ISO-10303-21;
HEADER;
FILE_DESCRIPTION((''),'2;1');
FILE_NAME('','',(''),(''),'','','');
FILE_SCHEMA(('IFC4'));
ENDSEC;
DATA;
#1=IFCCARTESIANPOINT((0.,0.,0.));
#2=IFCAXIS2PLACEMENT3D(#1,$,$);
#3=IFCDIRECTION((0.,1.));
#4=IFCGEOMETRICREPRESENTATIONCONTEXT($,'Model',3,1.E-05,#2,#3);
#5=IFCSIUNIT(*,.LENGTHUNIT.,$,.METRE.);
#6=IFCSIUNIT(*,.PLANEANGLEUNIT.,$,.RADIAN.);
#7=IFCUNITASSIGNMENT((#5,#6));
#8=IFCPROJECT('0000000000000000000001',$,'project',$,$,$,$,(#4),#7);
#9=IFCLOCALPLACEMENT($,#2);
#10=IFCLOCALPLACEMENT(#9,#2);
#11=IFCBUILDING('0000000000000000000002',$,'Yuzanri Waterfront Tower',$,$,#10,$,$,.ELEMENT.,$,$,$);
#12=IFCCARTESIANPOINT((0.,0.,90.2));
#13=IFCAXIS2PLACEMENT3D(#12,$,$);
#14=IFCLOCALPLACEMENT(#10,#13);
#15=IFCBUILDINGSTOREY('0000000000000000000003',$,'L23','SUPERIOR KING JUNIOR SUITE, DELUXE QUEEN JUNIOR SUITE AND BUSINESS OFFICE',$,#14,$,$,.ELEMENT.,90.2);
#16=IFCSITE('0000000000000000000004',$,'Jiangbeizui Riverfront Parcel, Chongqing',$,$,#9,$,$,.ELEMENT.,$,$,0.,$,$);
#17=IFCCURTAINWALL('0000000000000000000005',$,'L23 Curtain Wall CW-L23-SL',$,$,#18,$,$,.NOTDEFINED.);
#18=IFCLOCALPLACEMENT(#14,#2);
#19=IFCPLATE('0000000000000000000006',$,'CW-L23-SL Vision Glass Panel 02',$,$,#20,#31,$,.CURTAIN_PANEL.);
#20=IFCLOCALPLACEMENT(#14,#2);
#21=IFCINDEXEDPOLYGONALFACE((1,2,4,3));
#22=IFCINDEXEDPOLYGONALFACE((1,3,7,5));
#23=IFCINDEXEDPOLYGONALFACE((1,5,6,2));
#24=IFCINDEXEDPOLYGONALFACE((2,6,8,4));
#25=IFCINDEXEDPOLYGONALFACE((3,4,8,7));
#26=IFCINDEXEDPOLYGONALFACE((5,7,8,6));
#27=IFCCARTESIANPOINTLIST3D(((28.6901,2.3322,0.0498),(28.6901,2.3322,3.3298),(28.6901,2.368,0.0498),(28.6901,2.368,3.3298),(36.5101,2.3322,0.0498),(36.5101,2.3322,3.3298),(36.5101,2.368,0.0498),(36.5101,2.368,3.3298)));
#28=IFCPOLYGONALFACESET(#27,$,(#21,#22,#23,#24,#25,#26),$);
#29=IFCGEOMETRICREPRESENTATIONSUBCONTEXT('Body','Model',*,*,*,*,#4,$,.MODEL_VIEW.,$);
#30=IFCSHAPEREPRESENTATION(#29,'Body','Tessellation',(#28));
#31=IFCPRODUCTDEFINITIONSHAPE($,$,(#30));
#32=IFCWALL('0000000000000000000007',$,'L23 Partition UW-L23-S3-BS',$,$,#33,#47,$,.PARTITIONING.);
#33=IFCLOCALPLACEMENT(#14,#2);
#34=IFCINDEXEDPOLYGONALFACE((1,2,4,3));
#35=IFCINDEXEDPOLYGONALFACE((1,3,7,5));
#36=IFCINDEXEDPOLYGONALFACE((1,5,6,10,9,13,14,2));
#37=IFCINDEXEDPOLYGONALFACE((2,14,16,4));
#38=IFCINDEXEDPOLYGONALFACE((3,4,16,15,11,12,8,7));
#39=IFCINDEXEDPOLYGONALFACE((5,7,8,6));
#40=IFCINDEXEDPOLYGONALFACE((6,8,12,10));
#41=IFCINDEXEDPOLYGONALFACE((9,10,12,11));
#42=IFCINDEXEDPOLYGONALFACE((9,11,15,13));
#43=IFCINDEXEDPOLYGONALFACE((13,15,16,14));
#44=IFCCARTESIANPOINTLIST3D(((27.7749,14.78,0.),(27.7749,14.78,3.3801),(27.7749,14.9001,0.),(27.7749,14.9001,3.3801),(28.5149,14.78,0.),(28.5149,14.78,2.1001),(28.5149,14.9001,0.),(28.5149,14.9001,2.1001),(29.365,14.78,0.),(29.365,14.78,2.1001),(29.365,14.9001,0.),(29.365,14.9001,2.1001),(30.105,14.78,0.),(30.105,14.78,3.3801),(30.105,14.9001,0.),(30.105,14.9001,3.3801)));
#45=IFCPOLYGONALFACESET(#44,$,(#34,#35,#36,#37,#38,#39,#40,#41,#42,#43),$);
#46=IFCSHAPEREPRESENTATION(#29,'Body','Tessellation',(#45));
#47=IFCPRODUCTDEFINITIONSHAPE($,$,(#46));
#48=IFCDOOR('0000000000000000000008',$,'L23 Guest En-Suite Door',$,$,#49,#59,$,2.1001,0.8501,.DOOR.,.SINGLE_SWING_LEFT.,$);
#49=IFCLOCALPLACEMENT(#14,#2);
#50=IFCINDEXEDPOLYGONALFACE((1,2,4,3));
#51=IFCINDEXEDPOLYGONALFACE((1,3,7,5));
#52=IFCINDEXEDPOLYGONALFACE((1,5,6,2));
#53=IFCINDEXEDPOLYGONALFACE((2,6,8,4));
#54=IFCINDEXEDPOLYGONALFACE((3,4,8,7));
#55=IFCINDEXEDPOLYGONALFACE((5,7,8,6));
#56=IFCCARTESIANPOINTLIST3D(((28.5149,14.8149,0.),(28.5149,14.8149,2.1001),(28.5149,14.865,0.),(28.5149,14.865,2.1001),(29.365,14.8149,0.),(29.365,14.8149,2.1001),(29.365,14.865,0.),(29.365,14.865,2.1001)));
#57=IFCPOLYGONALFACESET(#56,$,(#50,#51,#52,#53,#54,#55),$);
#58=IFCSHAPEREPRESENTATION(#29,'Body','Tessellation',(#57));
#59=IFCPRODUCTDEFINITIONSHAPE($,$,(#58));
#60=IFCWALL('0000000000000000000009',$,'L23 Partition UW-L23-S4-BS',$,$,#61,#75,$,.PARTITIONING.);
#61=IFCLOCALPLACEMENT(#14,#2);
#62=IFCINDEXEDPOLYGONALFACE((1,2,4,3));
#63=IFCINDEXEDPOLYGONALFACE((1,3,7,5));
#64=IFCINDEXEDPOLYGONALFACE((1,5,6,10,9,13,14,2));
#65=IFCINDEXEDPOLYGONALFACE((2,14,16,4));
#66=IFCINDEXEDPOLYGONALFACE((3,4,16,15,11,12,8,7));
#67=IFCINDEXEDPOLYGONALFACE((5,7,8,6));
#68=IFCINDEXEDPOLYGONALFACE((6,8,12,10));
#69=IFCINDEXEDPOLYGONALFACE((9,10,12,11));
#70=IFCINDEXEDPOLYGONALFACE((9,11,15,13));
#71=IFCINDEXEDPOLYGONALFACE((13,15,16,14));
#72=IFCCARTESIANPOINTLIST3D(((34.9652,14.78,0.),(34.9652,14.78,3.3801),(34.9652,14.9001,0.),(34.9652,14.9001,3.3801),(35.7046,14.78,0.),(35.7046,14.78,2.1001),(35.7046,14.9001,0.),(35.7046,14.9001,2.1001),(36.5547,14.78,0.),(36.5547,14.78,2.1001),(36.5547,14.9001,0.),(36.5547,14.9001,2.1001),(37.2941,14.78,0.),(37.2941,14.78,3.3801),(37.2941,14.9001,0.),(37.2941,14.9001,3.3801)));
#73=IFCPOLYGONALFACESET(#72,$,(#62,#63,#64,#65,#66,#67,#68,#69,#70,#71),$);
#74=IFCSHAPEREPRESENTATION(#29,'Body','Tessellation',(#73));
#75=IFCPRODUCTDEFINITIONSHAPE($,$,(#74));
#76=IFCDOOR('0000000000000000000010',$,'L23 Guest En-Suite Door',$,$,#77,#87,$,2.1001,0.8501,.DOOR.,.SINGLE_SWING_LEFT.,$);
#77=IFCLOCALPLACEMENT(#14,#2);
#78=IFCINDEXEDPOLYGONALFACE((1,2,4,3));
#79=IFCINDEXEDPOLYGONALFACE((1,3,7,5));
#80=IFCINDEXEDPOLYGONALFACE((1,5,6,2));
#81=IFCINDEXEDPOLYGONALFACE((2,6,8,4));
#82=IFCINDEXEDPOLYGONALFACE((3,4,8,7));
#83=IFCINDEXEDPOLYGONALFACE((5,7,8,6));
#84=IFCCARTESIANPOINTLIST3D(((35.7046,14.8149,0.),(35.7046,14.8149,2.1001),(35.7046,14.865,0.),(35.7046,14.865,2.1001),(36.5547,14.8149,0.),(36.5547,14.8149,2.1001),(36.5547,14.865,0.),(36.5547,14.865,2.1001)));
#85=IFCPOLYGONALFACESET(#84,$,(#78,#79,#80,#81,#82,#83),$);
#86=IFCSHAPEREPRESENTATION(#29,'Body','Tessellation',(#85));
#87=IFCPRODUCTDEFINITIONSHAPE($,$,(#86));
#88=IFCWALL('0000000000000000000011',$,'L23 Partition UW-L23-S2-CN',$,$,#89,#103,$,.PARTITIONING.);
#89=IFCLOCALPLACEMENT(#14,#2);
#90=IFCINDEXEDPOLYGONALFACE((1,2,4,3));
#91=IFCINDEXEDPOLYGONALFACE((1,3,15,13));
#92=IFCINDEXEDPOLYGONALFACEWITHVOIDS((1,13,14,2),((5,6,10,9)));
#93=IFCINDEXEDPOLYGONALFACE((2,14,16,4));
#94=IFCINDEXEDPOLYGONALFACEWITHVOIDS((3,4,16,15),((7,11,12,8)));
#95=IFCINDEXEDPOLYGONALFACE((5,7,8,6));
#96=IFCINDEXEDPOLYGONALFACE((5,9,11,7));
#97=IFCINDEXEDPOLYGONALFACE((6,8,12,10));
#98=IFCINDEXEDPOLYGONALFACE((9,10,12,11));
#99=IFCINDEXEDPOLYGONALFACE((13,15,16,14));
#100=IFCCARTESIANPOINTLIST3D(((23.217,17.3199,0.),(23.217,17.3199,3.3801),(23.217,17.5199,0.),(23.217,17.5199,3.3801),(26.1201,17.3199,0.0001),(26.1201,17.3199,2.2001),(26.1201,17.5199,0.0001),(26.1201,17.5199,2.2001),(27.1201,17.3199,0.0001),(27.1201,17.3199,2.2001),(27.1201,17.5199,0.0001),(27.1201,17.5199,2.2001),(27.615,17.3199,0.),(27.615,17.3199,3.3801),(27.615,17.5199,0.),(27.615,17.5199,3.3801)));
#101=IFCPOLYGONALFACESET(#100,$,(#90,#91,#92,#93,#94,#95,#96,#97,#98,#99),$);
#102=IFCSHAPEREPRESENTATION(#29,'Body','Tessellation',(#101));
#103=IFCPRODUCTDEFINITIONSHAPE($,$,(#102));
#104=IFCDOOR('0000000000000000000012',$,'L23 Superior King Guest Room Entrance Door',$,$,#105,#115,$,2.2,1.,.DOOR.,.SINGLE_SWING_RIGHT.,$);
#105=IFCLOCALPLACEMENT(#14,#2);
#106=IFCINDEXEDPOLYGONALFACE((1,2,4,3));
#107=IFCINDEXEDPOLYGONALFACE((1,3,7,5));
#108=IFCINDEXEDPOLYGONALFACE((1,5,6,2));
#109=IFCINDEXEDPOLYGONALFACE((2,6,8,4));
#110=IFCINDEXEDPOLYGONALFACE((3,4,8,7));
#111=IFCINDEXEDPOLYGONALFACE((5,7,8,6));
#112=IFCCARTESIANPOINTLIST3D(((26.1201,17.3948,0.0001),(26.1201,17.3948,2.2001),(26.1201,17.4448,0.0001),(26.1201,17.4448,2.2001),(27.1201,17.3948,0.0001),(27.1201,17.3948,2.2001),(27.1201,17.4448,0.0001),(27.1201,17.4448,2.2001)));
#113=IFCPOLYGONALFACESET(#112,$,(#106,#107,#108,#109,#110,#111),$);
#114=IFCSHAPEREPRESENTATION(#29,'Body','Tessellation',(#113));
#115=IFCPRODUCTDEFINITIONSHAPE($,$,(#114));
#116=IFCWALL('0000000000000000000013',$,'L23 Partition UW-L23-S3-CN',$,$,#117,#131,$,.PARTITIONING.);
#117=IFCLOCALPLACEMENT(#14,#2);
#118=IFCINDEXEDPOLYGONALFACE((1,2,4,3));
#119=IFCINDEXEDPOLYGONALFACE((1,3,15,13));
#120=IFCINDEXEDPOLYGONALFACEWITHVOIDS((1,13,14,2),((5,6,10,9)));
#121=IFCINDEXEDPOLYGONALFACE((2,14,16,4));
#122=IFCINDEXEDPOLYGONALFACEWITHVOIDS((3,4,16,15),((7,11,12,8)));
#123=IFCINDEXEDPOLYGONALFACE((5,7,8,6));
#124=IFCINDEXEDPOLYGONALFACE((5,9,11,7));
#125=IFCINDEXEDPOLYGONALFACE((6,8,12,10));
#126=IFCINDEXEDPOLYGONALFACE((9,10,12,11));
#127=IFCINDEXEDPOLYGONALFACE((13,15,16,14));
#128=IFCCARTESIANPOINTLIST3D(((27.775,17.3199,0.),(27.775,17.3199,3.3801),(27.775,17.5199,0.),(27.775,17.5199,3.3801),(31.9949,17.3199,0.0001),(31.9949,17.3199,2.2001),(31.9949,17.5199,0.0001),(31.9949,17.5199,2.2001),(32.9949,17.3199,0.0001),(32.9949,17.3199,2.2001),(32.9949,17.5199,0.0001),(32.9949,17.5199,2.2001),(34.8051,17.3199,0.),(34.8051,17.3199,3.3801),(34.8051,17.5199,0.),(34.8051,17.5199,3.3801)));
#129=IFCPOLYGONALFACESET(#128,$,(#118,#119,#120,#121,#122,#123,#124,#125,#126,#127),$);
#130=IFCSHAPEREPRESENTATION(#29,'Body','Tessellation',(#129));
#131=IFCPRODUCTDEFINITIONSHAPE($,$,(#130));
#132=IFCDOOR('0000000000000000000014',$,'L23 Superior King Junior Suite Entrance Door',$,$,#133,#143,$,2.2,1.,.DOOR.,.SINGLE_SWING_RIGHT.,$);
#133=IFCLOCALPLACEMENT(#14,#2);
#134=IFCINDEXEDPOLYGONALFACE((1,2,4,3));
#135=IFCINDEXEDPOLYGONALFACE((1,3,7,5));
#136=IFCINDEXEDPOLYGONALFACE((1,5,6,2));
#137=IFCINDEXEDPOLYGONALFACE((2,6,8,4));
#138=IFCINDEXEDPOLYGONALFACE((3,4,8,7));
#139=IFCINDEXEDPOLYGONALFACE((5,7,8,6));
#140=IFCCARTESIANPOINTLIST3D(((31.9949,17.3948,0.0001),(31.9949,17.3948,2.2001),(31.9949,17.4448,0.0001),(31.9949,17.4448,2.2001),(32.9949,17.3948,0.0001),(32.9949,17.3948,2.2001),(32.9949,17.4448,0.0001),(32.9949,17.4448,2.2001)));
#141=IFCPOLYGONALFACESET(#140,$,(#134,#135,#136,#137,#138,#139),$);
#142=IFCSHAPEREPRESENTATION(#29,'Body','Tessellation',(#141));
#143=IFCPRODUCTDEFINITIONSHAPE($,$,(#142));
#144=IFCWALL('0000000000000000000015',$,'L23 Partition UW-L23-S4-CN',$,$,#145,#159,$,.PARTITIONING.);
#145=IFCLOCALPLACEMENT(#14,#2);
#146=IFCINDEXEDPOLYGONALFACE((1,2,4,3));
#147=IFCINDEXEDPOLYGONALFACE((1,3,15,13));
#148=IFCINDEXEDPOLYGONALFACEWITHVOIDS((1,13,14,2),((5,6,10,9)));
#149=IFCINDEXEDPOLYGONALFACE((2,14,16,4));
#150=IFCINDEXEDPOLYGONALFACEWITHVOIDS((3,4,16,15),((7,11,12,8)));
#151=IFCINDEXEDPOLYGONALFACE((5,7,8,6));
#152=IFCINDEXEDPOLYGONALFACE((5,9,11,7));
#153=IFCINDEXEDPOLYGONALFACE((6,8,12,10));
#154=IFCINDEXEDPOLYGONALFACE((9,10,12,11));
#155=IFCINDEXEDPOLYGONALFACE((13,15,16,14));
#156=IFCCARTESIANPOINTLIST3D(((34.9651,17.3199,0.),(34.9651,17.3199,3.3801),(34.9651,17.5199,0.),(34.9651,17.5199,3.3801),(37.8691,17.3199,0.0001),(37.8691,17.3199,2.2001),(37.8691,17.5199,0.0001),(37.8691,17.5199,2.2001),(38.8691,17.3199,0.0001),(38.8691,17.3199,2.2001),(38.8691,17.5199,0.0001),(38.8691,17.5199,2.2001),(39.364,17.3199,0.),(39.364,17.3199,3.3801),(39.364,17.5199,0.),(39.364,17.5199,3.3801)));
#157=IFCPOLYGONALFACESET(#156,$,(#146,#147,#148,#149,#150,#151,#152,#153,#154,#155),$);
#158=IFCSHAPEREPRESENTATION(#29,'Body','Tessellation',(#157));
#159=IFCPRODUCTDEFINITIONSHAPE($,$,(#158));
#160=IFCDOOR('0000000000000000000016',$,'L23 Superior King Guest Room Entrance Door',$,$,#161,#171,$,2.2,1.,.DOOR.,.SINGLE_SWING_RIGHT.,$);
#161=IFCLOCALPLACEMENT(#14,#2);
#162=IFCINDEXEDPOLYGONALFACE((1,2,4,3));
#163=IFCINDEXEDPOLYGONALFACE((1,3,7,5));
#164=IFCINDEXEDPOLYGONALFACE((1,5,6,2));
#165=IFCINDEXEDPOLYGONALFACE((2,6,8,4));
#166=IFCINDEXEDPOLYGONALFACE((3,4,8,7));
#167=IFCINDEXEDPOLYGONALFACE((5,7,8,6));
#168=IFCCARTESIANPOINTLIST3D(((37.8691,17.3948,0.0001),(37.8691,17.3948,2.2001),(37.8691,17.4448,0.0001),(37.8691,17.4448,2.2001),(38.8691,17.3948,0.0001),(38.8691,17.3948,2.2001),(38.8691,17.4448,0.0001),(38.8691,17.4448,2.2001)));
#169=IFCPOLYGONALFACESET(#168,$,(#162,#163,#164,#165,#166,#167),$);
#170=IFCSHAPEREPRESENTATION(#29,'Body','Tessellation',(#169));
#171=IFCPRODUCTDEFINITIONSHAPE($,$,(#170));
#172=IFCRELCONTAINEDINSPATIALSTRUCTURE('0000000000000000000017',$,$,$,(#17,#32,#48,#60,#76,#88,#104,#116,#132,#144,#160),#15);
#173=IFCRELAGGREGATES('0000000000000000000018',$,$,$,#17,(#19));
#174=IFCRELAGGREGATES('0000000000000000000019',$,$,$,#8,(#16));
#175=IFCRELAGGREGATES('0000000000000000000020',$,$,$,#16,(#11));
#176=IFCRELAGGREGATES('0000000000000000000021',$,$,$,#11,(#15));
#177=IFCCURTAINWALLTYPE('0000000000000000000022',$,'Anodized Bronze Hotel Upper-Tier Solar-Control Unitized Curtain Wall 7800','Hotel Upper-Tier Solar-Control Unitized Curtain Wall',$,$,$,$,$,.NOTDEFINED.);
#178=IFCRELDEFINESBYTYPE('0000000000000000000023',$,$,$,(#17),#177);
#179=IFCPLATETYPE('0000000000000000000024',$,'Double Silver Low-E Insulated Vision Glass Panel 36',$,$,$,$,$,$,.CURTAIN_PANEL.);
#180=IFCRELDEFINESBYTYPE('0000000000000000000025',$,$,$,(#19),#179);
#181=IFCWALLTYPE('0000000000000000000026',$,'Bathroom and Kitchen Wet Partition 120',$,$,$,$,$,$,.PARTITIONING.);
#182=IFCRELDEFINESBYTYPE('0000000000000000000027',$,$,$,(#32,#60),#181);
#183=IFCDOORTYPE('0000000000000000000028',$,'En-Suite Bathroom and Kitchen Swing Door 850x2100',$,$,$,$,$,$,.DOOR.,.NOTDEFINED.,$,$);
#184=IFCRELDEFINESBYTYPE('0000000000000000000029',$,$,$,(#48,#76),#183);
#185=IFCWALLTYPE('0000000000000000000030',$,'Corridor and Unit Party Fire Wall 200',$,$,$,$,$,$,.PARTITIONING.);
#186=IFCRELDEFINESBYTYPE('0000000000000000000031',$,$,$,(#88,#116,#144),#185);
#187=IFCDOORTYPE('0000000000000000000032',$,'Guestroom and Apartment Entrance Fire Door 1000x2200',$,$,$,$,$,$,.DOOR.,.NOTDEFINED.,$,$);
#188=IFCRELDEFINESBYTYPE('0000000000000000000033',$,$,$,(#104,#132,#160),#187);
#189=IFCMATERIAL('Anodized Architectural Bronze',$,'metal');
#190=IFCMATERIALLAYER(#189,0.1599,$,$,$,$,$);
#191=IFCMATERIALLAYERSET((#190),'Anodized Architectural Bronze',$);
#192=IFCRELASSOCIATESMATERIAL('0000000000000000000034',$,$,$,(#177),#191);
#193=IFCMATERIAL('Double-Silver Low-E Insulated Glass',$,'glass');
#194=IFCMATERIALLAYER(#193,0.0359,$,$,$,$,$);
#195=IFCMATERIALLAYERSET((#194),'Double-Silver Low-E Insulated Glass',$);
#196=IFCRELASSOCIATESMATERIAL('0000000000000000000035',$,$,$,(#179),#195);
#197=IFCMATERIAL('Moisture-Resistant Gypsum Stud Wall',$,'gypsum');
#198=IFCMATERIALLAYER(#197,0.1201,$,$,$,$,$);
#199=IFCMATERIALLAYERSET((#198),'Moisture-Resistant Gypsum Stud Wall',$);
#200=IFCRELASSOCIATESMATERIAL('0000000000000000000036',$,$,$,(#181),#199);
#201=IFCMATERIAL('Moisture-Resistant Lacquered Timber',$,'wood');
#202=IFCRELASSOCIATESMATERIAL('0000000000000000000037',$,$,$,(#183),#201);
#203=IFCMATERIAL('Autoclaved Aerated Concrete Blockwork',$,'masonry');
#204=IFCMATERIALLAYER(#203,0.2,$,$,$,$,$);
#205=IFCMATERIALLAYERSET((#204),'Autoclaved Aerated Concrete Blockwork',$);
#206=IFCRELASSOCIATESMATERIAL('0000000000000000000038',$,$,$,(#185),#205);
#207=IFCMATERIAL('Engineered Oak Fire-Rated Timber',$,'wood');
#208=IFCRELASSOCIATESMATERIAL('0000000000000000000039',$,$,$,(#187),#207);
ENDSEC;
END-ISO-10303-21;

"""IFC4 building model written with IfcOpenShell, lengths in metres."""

from ifc_helpers import new_model, si_unit, direction, frame, frame_2d, origin, origin_2d, place, context, subcontext, project, spatial, rectangle, extrude, source, transform, mapped, material, layer, layer_set, type_object, element, fill, aggregate, save


model = new_model("IFC4")

# Units and contexts
model_context = context("Model", 3, precision=1e-05, world=origin(), true_north=direction((0.0, 1.0)))
body_context = subcontext(model_context, "Body", "Model", "MODEL_VIEW")
ifc_project = project(units=[si_unit("LENGTHUNIT", "METRE"), si_unit("PLANEANGLEUNIT", "RADIAN")], contexts=[model_context])

# Site, building, storey
site_placement = place(None, origin())
site = spatial("IfcSite", under=ifc_project, at=site_placement, Name="Jiangbeizui Riverfront Parcel, Chongqing", CompositionType="ELEMENT", RefElevation=0.0)
building_placement = place(site_placement, origin())
building = spatial("IfcBuilding", under=site, at=building_placement, Name="Yuzanri Waterfront Tower", CompositionType="ELEMENT")
storey_placement = place(building_placement, frame((0.0, 0.0, 90.2)))
storey = spatial("IfcBuildingStorey", under=building, at=storey_placement, Name="L23", Description="SUPERIOR KING JUNIOR SUITE, DELUXE QUEEN JUNIOR SUITE AND BUSINESS OFFICE", CompositionType="ELEMENT", Elevation=90.2)

# Curtain wall, plate
ifc_material_1 = material(Name="Anodized Architectural Bronze", Category="metal")
ifc_layer_1 = layer(ifc_material_1, 0.1599)
ifc_layer_set_1 = layer_set([ifc_layer_1], Name="Anodized Architectural Bronze")
curtain_wall_type = type_object("IfcCurtainWallType", Name="Anodized Bronze Hotel Upper-Tier Solar-Control Unitized Curtain Wall 7800", Description="Hotel Upper-Tier Solar-Control Unitized Curtain Wall", PredefinedType="NOTDEFINED", material=ifc_layer_set_1)
curtain_wall_placement = place(storey_placement, origin())
curtain_wall = element("IfcCurtainWall", 1, at=curtain_wall_placement, inside=storey, type_object=curtain_wall_type, Name="L23 Curtain Wall CW-L23-SL", PredefinedType="NOTDEFINED")
ifc_material_2 = material(Name="Double-Silver Low-E Insulated Glass", Category="glass")
ifc_layer_2 = layer(ifc_material_2, 0.0359)
ifc_layer_set_2 = layer_set([ifc_layer_2], Name="Double-Silver Low-E Insulated Glass")
plate_type = type_object("IfcPlateType", Name="Double Silver Low-E Insulated Vision Glass Panel 36", PredefinedType="CURTAIN_PANEL", material=ifc_layer_set_2)
shared_shape_1 = source(origin(), body_context, "Body", "SweptSolid", [
    extrude(rectangle(XDim=7.8201, YDim=0.0359, at=origin_2d()), origin(), (0.0, 0.0, 1.0), 3.28),
])
plate_1_placement = place(storey_placement, frame((32.6001, 2.3501, 0.0498), z_axis=(0.0, 0.0, 1.0), x_axis=(1.0, 0.0, 0.0)))
plate_1 = element("IfcPlate", 2, at=plate_1_placement, type_object=plate_type, Name="CW-L23-SL Vision Glass Panel 02", PredefinedType="CURTAIN_PANEL", context=body_context, shape_type="MappedRepresentation", body=[
    mapped(shared_shape_1, transform((0.0, 0.0, 0.0), scale=1.0)),
])
aggregate(curtain_wall, [plate_1])

# Walls, openings, doors
ifc_material_3 = material(Name="Moisture-Resistant Gypsum Stud Wall", Category="gypsum")
ifc_layer_3 = layer(ifc_material_3, 0.1201)
ifc_layer_set_3 = layer_set([ifc_layer_3], Name="Moisture-Resistant Gypsum Stud Wall")
wall_type_1 = type_object("IfcWallType", Name="Bathroom and Kitchen Wet Partition 120", PredefinedType="PARTITIONING", material=ifc_layer_set_3)
wall_1_placement = place(storey_placement, frame((27.7749, 14.8401, 0.0), z_axis=(0.0, 0.0, 1.0), x_axis=(1.0, 0.0, 0.0)))
wall_1 = element("IfcWall", 3, at=wall_1_placement, inside=storey, type_object=wall_type_1, Name="L23 Partition UW-L23-S3-BS", PredefinedType="PARTITIONING", context=body_context, shape_type="SweptSolid", body=[
    extrude(rectangle(XDim=2.3301, YDim=0.1201, at=frame_2d((1.165, 0.0))), origin(), (0.0, 0.0, 1.0), 3.3801),
])
opening_1_placement = place(wall_1_placement, frame((0.74, 0.0, 0.0)))
opening_1 = element("IfcOpeningElement", 4, at=opening_1_placement, cuts=wall_1, PredefinedType="OPENING", context=body_context, shape_type="SweptSolid", body=[
    extrude(rectangle(XDim=0.8501, YDim=2.1001, at=frame_2d((0.425, 1.05))), frame((0.0, 0.075, 0.0), z_axis=(0.0, -1.0, 0.0), x_axis=(1.0, 0.0, 0.0)), (0.0, 0.0, 1.0), 0.1499),
])
ifc_material_4 = material(Name="Moisture-Resistant Lacquered Timber", Category="wood")
door_type_1 = type_object("IfcDoorType", Name="En-Suite Bathroom and Kitchen Swing Door 850x2100", OperationType="NOTDEFINED", PredefinedType="DOOR", material=ifc_material_4)
shared_shape_2 = source(origin(), body_context, "Body", "SweptSolid", [
    extrude(rectangle(XDim=0.8501, YDim=2.1001, at=frame_2d((0.425, 1.05))), frame((0.0, 0.0249, 0.0), z_axis=(0.0, -1.0, 0.0), x_axis=(1.0, 0.0, 0.0)), (0.0, 0.0, 1.0), 0.05),
])
door_1_placement = place(opening_1_placement, origin())
door_1 = element("IfcDoor", 5, at=door_1_placement, inside=storey, type_object=door_type_1, Name="L23 Guest En-Suite Door", OperationType="SINGLE_SWING_LEFT", OverallHeight=2.1001, OverallWidth=0.8501, PredefinedType="DOOR", context=body_context, shape_type="MappedRepresentation", body=[
    mapped(shared_shape_2, transform((0.0, 0.0, 0.0), scale=1.0)),
])
fill(opening_1, door_1)
wall_2_placement = place(storey_placement, frame((34.9651, 14.8401, 0.0), z_axis=(0.0, 0.0, 1.0), x_axis=(1.0, 0.0, 0.0)))
wall_2 = element("IfcWall", 6, at=wall_2_placement, inside=storey, type_object=wall_type_1, Name="L23 Partition UW-L23-S4-BS", PredefinedType="PARTITIONING", context=body_context, shape_type="SweptSolid", body=[
    extrude(rectangle(XDim=2.3289, YDim=0.1201, at=frame_2d((1.1646, 0.0))), origin(), (0.0, 0.0, 1.0), 3.3801),
])
opening_2_placement = place(wall_2_placement, frame((0.7395, 0.0, 0.0)))
opening_2 = element("IfcOpeningElement", 7, at=opening_2_placement, cuts=wall_2, PredefinedType="OPENING", context=body_context, shape_type="SweptSolid", body=[
    extrude(rectangle(XDim=0.8501, YDim=2.1001, at=frame_2d((0.425, 1.05))), frame((0.0, 0.075, 0.0), z_axis=(0.0, -1.0, 0.0), x_axis=(1.0, 0.0, 0.0)), (0.0, 0.0, 1.0), 0.1499),
])
door_2_placement = place(opening_2_placement, origin())
door_2 = element("IfcDoor", 8, at=door_2_placement, inside=storey, type_object=door_type_1, Name="L23 Guest En-Suite Door", OperationType="SINGLE_SWING_LEFT", OverallHeight=2.1001, OverallWidth=0.8501, PredefinedType="DOOR", context=body_context, shape_type="MappedRepresentation", body=[
    mapped(shared_shape_2, transform((0.0, 0.0, 0.0), scale=1.0)),
])
fill(opening_2, door_2)

# Walls, openings, doors
ifc_material_5 = material(Name="Autoclaved Aerated Concrete Blockwork", Category="masonry")
ifc_layer_4 = layer(ifc_material_5, 0.2)
ifc_layer_set_4 = layer_set([ifc_layer_4], Name="Autoclaved Aerated Concrete Blockwork")
wall_type_2 = type_object("IfcWallType", Name="Corridor and Unit Party Fire Wall 200", PredefinedType="PARTITIONING", material=ifc_layer_set_4)
wall_3_placement = place(storey_placement, frame((23.217, 17.4199, 0.0), z_axis=(0.0, 0.0, 1.0), x_axis=(1.0, 0.0, 0.0)))
wall_3 = element("IfcWall", 9, at=wall_3_placement, inside=storey, type_object=wall_type_2, Name="L23 Partition UW-L23-S2-CN", PredefinedType="PARTITIONING", context=body_context, shape_type="SweptSolid", body=[
    extrude(rectangle(XDim=4.3979, YDim=0.2, at=frame_2d((2.199, 0.0))), origin(), (0.0, 0.0, 1.0), 3.3801),
])
opening_3_placement = place(wall_3_placement, frame((2.9031, 0.0, 0.0)))
opening_3 = element("IfcOpeningElement", 10, at=opening_3_placement, cuts=wall_3, PredefinedType="OPENING", context=body_context, shape_type="SweptSolid", body=[
    extrude(rectangle(XDim=1.0, YDim=2.2, at=frame_2d((0.5, 1.1001))), frame((0.0, 0.1147, 0.0), z_axis=(0.0, -1.0, 0.0), x_axis=(1.0, 0.0, 0.0)), (0.0, 0.0, 1.0), 0.2297),
])
ifc_material_6 = material(Name="Engineered Oak Fire-Rated Timber", Category="wood")
door_type_2 = type_object("IfcDoorType", Name="Guestroom and Apartment Entrance Fire Door 1000x2200", OperationType="NOTDEFINED", PredefinedType="DOOR", material=ifc_material_6)
shared_shape_3 = source(origin(), body_context, "Body", "SweptSolid", [
    extrude(rectangle(XDim=1.0, YDim=2.2, at=frame_2d((0.5, 1.1001))), frame((0.0, 0.0249, 0.0), z_axis=(0.0, -1.0, 0.0), x_axis=(1.0, 0.0, 0.0)), (0.0, 0.0, 1.0), 0.05),
])
door_3_placement = place(opening_3_placement, origin())
door_3 = element("IfcDoor", 11, at=door_3_placement, inside=storey, type_object=door_type_2, Name="L23 Superior King Guest Room Entrance Door", OperationType="SINGLE_SWING_RIGHT", OverallHeight=2.2, OverallWidth=1.0, PredefinedType="DOOR", context=body_context, shape_type="MappedRepresentation", body=[
    mapped(shared_shape_3, transform((0.0, 0.0, 0.0), scale=1.0)),
])
fill(opening_3, door_3)
wall_4_placement = place(storey_placement, frame((27.7749, 17.4199, 0.0), z_axis=(0.0, 0.0, 1.0), x_axis=(1.0, 0.0, 0.0)))
wall_4 = element("IfcWall", 12, at=wall_4_placement, inside=storey, type_object=wall_type_2, Name="L23 Partition UW-L23-S3-CN", PredefinedType="PARTITIONING", context=body_context, shape_type="SweptSolid", body=[
    extrude(rectangle(XDim=7.03, YDim=0.2, at=frame_2d((3.5151, 0.0))), origin(), (0.0, 0.0, 1.0), 3.3801),
])
opening_4_placement = place(wall_4_placement, frame((4.22, 0.0, 0.0)))
opening_4 = element("IfcOpeningElement", 13, at=opening_4_placement, cuts=wall_4, PredefinedType="OPENING", context=body_context, shape_type="SweptSolid", body=[
    extrude(rectangle(XDim=1.0, YDim=2.2, at=frame_2d((0.5, 1.1001))), frame((0.0, 0.1147, 0.0), z_axis=(0.0, -1.0, 0.0), x_axis=(1.0, 0.0, 0.0)), (0.0, 0.0, 1.0), 0.2297),
])
door_4_placement = place(opening_4_placement, origin())
door_4 = element("IfcDoor", 14, at=door_4_placement, inside=storey, type_object=door_type_2, Name="L23 Superior King Junior Suite Entrance Door", OperationType="SINGLE_SWING_RIGHT", OverallHeight=2.2, OverallWidth=1.0, PredefinedType="DOOR", context=body_context, shape_type="MappedRepresentation", body=[
    mapped(shared_shape_3, transform((0.0, 0.0, 0.0), scale=1.0)),
])
fill(opening_4, door_4)
wall_5_placement = place(storey_placement, frame((34.9651, 17.4199, 0.0), z_axis=(0.0, 0.0, 1.0), x_axis=(1.0, 0.0, 0.0)))
wall_5 = element("IfcWall", 15, at=wall_5_placement, inside=storey, type_object=wall_type_2, Name="L23 Partition UW-L23-S4-CN", PredefinedType="PARTITIONING", context=body_context, shape_type="SweptSolid", body=[
    extrude(rectangle(XDim=4.3989, YDim=0.2, at=frame_2d((2.1995, 0.0))), origin(), (0.0, 0.0, 1.0), 3.3801),
])
opening_5_placement = place(wall_5_placement, frame((2.9041, 0.0, 0.0)))
opening_5 = element("IfcOpeningElement", 16, at=opening_5_placement, cuts=wall_5, PredefinedType="OPENING", context=body_context, shape_type="SweptSolid", body=[
    extrude(rectangle(XDim=1.0, YDim=2.2, at=frame_2d((0.5, 1.1001))), frame((0.0, 0.1147, 0.0), z_axis=(0.0, -1.0, 0.0), x_axis=(1.0, 0.0, 0.0)), (0.0, 0.0, 1.0), 0.2297),
])
door_5_placement = place(opening_5_placement, origin())
door_5 = element("IfcDoor", 17, at=door_5_placement, inside=storey, type_object=door_type_2, Name="L23 Superior King Guest Room Entrance Door", OperationType="SINGLE_SWING_RIGHT", OverallHeight=2.2, OverallWidth=1.0, PredefinedType="DOOR", context=body_context, shape_type="MappedRepresentation", body=[
    mapped(shared_shape_3, transform((0.0, 0.0, 0.0), scale=1.0)),
])
fill(opening_5, door_5)

save(model, "model.ifc")
